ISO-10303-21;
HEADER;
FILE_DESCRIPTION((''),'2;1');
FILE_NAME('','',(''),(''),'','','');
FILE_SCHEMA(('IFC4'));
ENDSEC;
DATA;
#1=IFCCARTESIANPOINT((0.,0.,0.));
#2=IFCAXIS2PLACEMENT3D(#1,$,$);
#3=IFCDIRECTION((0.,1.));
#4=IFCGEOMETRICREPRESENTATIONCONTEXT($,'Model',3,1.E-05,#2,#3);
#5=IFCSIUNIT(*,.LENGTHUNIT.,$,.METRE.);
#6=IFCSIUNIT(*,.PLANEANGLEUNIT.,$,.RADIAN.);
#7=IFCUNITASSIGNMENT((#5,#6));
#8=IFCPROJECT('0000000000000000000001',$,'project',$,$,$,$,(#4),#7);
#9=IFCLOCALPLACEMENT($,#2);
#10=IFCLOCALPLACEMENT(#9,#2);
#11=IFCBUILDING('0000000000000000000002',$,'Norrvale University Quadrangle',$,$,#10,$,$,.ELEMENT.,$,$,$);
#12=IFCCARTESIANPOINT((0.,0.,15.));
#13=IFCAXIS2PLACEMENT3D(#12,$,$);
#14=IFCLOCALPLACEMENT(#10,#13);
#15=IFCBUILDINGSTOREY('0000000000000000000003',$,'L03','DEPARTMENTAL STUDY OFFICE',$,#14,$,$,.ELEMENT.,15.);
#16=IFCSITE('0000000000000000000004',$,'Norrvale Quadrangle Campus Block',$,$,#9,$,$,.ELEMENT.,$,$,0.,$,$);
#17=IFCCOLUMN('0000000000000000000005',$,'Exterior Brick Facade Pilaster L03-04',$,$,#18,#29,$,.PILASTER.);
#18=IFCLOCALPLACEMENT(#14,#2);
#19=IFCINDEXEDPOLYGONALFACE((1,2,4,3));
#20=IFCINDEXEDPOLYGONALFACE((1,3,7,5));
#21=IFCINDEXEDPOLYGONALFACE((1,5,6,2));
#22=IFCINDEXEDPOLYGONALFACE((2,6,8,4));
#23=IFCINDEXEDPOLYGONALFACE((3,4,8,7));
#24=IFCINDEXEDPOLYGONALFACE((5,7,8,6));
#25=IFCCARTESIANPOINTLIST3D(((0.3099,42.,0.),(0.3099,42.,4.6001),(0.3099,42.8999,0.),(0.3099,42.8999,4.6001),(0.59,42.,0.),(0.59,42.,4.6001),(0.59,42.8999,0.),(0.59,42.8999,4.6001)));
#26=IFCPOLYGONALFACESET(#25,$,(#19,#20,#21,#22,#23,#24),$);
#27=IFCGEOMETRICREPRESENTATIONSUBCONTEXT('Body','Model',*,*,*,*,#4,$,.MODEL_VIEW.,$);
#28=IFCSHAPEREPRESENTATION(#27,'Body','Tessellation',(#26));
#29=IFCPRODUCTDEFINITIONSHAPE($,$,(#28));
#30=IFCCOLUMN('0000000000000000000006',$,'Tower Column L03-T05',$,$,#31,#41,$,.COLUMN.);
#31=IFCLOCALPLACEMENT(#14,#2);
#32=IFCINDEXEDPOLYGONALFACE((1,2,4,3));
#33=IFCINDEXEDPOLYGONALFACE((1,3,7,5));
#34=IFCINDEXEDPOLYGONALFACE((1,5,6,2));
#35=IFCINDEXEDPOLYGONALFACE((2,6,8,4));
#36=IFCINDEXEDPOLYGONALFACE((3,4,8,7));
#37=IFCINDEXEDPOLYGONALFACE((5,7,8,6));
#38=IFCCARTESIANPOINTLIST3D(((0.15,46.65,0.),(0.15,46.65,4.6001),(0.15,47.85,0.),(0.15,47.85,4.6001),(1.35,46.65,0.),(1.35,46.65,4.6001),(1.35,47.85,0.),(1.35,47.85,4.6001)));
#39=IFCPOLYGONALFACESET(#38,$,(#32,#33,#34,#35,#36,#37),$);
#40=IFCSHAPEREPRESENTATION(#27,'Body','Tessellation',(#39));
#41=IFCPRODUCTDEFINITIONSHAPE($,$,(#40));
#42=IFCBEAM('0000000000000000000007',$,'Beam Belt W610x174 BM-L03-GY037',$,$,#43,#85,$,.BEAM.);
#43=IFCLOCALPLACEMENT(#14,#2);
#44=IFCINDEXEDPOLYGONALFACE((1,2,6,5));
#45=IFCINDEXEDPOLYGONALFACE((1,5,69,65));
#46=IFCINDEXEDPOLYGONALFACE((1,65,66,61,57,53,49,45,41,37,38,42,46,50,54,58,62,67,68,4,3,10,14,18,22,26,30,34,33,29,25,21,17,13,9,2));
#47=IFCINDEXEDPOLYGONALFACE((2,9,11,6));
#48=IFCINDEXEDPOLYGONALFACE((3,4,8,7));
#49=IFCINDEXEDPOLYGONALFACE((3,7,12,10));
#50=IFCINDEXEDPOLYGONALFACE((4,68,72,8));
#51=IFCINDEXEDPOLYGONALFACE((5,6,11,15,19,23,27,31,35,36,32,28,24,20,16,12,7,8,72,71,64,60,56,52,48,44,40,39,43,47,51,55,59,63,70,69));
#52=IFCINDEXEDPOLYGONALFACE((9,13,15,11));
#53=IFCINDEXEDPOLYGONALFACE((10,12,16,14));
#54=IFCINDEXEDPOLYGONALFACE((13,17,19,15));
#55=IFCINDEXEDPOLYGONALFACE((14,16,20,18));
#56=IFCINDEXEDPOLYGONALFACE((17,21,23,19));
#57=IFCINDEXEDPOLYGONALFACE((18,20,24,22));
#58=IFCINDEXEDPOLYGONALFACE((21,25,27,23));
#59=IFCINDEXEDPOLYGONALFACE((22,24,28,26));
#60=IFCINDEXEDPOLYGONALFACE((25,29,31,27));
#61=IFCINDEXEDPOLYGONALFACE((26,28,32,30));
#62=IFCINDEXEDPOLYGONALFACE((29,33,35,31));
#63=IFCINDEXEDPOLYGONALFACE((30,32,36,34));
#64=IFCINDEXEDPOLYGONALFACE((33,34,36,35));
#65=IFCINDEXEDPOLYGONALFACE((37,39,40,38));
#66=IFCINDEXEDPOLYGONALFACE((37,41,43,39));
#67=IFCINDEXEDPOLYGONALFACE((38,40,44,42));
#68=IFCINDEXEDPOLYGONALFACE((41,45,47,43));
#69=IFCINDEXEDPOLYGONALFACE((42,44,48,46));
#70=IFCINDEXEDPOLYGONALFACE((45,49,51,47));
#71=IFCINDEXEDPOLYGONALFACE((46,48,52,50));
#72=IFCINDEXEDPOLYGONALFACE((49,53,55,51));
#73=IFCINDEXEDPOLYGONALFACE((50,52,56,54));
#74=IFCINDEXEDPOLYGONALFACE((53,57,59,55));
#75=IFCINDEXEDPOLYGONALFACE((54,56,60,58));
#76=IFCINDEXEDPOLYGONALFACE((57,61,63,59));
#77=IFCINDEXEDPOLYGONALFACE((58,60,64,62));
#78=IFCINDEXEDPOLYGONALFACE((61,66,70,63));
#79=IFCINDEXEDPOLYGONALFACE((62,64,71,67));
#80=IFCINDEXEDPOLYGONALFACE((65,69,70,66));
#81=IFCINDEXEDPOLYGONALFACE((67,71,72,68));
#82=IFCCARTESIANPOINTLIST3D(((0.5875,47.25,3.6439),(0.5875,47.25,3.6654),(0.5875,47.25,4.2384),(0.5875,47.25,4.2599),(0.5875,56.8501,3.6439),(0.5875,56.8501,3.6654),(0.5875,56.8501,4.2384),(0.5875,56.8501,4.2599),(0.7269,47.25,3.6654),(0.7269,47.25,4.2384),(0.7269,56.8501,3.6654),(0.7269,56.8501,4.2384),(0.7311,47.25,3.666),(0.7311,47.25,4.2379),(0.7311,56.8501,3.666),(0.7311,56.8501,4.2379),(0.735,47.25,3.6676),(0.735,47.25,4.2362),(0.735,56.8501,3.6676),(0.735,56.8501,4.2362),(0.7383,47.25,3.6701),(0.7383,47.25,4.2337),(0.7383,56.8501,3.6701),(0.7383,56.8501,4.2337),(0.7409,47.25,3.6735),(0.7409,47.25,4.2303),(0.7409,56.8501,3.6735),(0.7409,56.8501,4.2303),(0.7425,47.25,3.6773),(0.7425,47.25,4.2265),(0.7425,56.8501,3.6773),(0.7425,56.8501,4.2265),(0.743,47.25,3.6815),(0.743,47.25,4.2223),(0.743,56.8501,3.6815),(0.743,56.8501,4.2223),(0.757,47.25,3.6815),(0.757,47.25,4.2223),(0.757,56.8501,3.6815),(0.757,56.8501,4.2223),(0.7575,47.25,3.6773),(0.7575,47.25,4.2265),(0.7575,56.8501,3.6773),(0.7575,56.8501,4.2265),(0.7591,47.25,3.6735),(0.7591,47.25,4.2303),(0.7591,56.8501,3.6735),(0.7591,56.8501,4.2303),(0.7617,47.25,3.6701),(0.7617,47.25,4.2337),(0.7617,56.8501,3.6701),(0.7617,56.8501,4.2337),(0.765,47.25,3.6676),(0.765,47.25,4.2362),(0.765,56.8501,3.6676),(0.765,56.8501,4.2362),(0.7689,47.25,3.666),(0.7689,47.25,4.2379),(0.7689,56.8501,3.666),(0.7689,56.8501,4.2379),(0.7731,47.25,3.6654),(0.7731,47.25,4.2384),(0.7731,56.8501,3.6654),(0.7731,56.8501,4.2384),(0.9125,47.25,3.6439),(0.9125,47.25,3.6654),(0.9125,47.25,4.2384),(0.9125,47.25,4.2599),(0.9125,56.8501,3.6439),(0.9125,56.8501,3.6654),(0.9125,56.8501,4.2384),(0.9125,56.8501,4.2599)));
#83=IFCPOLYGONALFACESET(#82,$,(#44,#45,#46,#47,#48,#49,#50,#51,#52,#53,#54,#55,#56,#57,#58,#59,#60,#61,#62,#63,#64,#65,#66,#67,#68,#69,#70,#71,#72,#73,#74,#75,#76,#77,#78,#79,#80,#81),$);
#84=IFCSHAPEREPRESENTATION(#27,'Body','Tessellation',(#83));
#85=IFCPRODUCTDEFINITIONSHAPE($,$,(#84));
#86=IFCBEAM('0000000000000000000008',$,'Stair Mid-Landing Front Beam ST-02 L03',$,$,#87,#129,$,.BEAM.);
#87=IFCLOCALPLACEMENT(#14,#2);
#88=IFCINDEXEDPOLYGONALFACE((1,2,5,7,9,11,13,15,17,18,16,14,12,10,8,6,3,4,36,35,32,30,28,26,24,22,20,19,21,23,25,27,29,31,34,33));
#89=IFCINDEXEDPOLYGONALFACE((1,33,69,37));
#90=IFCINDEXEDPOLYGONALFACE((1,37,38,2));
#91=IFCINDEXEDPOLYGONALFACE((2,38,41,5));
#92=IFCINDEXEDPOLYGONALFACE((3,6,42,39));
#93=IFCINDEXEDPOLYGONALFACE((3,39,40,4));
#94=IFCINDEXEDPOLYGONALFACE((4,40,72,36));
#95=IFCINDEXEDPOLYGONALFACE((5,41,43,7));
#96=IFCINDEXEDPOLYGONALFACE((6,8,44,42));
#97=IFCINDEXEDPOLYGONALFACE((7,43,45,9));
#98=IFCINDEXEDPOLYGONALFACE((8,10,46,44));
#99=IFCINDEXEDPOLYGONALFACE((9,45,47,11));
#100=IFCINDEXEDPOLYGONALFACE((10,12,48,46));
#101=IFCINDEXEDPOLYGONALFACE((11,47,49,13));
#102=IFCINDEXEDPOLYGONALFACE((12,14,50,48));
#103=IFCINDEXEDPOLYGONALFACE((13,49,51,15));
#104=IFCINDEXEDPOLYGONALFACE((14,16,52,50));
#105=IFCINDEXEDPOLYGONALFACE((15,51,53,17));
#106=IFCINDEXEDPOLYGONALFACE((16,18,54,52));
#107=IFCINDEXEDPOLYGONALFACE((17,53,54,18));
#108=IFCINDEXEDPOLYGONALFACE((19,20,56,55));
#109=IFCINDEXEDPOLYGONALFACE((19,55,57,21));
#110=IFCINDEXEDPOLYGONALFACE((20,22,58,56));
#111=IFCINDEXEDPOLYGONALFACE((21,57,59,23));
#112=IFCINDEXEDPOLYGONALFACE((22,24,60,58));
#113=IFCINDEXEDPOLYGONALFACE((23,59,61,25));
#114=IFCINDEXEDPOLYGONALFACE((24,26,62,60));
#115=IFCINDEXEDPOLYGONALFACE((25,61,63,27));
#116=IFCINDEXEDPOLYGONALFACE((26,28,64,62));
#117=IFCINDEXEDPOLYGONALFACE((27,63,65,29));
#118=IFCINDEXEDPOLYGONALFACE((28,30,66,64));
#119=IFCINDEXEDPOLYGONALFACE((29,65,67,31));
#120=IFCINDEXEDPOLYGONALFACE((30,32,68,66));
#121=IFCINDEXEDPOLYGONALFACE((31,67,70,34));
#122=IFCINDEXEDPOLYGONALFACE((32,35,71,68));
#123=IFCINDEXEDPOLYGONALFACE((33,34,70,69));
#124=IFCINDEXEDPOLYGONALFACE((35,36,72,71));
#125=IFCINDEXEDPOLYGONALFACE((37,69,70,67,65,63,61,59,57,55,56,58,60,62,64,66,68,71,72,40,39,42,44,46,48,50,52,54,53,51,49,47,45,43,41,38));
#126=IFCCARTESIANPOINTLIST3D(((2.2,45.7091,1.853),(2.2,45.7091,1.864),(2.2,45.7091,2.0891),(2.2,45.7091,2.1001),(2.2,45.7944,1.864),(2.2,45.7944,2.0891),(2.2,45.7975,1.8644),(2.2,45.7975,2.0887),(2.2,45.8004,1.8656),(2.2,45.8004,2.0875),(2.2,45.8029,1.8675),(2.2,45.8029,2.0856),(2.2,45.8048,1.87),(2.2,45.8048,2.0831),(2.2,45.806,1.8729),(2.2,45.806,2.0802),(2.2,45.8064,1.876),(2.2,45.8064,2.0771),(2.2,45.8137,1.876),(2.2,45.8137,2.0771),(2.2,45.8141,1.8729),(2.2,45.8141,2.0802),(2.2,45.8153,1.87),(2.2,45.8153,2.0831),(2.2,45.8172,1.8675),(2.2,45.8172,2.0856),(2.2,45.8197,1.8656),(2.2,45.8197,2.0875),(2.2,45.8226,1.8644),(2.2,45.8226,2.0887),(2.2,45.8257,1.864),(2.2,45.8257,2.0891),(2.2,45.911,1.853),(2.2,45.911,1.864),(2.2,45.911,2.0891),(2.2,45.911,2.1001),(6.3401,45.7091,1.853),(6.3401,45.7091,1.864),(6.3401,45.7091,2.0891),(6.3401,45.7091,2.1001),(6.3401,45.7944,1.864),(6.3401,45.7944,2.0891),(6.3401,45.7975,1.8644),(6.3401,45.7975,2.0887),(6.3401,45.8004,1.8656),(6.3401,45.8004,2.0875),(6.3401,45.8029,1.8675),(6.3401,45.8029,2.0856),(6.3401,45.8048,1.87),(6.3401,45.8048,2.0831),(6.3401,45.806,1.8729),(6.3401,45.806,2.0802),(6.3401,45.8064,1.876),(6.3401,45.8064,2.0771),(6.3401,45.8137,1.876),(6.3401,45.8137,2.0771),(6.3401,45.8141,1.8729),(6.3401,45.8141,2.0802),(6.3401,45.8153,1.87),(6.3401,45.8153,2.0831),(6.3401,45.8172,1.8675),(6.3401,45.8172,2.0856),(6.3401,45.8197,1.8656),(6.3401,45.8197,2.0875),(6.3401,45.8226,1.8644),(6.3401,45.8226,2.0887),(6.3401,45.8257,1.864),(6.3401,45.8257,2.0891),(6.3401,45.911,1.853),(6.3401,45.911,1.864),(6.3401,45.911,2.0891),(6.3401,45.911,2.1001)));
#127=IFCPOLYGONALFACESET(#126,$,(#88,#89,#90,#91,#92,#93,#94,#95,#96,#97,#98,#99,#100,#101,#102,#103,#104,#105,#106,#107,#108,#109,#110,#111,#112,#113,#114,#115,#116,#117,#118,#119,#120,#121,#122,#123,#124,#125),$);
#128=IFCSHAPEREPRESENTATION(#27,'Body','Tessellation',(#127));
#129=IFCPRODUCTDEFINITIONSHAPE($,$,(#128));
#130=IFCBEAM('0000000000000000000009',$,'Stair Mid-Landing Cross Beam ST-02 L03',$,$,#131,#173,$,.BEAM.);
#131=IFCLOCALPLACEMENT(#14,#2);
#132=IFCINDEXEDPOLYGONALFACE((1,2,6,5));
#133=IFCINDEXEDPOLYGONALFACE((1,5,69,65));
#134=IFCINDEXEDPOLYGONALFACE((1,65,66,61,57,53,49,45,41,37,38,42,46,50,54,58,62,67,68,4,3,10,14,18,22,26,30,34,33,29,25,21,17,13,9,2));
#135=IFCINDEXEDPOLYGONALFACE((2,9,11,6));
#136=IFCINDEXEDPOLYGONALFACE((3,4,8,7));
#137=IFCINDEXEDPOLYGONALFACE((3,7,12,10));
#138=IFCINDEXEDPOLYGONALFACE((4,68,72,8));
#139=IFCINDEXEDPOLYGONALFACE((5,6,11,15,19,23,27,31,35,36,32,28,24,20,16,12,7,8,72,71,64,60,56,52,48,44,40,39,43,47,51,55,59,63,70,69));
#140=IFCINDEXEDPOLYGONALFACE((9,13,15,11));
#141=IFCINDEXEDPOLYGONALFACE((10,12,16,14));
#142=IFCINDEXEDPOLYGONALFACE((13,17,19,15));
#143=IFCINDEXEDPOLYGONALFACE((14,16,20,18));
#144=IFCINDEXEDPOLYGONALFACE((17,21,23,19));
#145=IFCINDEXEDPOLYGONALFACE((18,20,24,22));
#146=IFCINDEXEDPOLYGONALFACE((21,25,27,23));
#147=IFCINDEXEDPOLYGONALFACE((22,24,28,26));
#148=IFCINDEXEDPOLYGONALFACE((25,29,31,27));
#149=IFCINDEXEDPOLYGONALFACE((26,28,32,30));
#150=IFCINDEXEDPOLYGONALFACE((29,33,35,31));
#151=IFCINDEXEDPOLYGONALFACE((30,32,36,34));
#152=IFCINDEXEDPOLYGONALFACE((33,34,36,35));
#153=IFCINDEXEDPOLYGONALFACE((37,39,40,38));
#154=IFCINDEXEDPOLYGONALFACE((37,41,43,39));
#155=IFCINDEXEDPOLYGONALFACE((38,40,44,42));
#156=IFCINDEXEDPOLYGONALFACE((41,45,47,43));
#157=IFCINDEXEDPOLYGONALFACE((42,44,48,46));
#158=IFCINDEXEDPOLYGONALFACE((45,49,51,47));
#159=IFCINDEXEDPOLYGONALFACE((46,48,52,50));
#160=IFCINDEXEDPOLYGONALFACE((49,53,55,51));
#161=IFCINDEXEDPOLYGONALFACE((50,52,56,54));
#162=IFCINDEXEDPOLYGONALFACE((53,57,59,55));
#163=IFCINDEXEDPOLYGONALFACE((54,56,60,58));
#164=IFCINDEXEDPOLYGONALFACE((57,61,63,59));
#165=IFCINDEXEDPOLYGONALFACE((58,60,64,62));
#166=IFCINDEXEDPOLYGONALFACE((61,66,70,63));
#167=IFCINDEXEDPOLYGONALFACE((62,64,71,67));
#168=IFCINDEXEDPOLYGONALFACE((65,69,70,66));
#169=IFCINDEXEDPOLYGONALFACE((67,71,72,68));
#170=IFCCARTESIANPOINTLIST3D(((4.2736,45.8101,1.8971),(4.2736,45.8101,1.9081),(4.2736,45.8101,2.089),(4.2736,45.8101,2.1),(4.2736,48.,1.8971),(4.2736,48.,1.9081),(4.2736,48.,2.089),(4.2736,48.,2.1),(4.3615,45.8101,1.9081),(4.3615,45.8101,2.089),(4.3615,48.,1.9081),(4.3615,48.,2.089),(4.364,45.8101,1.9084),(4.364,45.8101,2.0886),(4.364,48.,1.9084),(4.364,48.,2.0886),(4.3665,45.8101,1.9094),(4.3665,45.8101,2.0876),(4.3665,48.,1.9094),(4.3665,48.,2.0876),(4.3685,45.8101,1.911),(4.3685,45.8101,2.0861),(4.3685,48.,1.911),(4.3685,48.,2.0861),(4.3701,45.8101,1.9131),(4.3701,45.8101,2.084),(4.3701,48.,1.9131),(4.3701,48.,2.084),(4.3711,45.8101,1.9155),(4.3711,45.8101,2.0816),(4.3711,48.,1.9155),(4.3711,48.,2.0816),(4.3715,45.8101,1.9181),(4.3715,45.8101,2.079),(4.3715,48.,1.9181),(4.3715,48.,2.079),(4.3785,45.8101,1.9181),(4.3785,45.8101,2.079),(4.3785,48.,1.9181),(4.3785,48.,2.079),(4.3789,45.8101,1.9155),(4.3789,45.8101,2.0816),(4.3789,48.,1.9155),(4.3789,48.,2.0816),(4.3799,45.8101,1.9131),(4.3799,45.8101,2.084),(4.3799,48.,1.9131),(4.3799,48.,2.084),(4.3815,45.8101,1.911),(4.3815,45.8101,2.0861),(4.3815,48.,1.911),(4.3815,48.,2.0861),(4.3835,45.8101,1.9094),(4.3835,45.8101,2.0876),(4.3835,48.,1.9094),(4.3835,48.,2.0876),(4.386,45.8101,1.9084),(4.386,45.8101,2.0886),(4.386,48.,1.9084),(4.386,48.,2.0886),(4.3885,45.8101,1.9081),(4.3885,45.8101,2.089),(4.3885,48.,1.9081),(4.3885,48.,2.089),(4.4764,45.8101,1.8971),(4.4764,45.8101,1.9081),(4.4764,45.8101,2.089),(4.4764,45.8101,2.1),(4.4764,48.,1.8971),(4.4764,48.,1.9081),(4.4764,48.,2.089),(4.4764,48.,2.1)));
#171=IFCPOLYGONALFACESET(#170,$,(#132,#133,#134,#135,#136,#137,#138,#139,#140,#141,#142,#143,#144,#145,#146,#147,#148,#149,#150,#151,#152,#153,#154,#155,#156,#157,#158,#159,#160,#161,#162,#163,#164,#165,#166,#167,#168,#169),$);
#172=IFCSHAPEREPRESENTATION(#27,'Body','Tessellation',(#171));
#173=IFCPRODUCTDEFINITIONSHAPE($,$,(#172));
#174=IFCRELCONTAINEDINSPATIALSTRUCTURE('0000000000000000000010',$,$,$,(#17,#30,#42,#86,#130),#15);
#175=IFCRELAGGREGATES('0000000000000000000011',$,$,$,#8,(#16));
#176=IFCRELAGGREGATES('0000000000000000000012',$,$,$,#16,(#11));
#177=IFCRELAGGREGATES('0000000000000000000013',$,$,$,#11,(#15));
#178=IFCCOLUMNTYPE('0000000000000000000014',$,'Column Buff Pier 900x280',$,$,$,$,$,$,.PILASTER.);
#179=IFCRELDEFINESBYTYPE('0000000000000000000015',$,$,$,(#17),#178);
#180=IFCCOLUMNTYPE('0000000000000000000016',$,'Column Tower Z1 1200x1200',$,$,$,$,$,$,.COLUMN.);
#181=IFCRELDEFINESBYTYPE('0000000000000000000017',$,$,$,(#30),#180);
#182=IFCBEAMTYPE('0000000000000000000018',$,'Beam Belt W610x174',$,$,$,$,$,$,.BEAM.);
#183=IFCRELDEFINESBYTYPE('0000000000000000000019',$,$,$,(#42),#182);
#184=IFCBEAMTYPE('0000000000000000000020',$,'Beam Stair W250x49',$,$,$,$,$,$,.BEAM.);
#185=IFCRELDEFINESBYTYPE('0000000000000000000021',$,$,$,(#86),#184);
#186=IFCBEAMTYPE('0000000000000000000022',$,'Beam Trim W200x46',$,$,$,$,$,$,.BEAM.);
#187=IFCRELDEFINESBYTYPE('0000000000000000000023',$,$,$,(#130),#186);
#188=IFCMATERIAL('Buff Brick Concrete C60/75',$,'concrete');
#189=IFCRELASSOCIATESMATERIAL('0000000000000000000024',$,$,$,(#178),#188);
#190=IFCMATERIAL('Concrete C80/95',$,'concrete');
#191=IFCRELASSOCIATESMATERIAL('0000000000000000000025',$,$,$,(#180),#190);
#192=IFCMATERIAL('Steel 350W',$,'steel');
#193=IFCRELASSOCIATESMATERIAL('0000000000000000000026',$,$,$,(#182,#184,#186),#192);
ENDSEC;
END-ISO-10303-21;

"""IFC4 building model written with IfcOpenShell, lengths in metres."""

from ifc_helpers import new_model, si_unit, direction, frame, origin, origin_2d, place, context, subcontext, project, spatial, rectangle, i_section, extrude, material, material_profile, profile_set, type_object, element, save


model = new_model("IFC4")

# Units and contexts
model_context = context("Model", 3, precision=1e-05, world=origin(), true_north=direction((0.0, 1.0)))
body_context = subcontext(model_context, "Body", "Model", "MODEL_VIEW")
ifc_project = project(units=[si_unit("LENGTHUNIT", "METRE"), si_unit("PLANEANGLEUNIT", "RADIAN")], contexts=[model_context])

# Site, building, storey
site_placement = place(None, origin())
site = spatial("IfcSite", under=ifc_project, at=site_placement, Name="Norrvale Quadrangle Campus Block", CompositionType="ELEMENT", RefElevation=0.0)
building_placement = place(site_placement, origin())
building = spatial("IfcBuilding", under=site, at=building_placement, Name="Norrvale University Quadrangle", CompositionType="ELEMENT")
storey_placement = place(building_placement, frame((0.0, 0.0, 15.0)))
storey = spatial("IfcBuildingStorey", under=building, at=storey_placement, Name="L03", Description="DEPARTMENTAL STUDY OFFICE", CompositionType="ELEMENT", Elevation=15.0)

# Columns
ifc_material_1 = material(Name="Buff Brick Concrete C60/75", Category="concrete")
ifc_material_profile_1 = material_profile(ifc_material_1, rectangle(XDim=0.8999, YDim=0.28, at=origin_2d()), Name="Buff Brick Concrete C60/75")
ifc_profile_set_1 = profile_set([ifc_material_profile_1], Name="Buff Brick Concrete C60/75")
column_type_1 = type_object("IfcColumnType", Name="Column Buff Pier 900x280", PredefinedType="PILASTER", material=ifc_profile_set_1)
column_1_placement = place(storey_placement, frame((0.45, 42.45, 0.0), z_axis=(0.0, 0.0, 1.0), x_axis=(0.0, 1.0, 0.0)))
element("IfcColumn", 1, at=column_1_placement, inside=storey, type_object=column_type_1, Name="Exterior Brick Facade Pilaster L03-04", PredefinedType="PILASTER", context=body_context, shape_type="SweptSolid", body=[
    extrude(rectangle(XDim=0.8999, YDim=0.28, at=origin_2d()), origin(), (0.0, 0.0, 1.0), 4.6001),
])
ifc_material_2 = material(Name="Concrete C80/95", Category="concrete")
ifc_material_profile_2 = material_profile(ifc_material_2, rectangle(XDim=1.2, YDim=1.2, at=origin_2d()), Name="Concrete C80/95")
ifc_profile_set_2 = profile_set([ifc_material_profile_2], Name="Concrete C80/95")
column_type_2 = type_object("IfcColumnType", Name="Column Tower Z1 1200x1200", PredefinedType="COLUMN", material=ifc_profile_set_2)
column_2_placement = place(storey_placement, frame((0.75, 47.25, 0.0), z_axis=(0.0, 0.0, 1.0), x_axis=(1.0, 0.0, 0.0)))
element("IfcColumn", 2, at=column_2_placement, inside=storey, type_object=column_type_2, Name="Tower Column L03-T05", PredefinedType="COLUMN", context=body_context, shape_type="SweptSolid", body=[
    extrude(rectangle(XDim=1.2, YDim=1.2, at=origin_2d()), origin(), (0.0, 0.0, 1.0), 4.6001),
])

# Beams
ifc_material_3 = material(Name="Steel 350W", Category="steel")
ifc_material_profile_3 = material_profile(ifc_material_3, i_section(OverallWidth=0.325, OverallDepth=0.616, WebThickness=0.0139, FlangeThickness=0.0215, FilletRadius=0.0161, at=origin_2d()), Name="Steel 350W")
ifc_profile_set_3 = profile_set([ifc_material_profile_3], Name="Steel 350W")
beam_type_1 = type_object("IfcBeamType", Name="Beam Belt W610x174", PredefinedType="BEAM", material=ifc_profile_set_3)
beam_1_placement = place(storey_placement, frame((0.75, 47.25, 3.9519), z_axis=(0.0, 1.0, 0.0), x_axis=(-1.0, 0.0, 0.0)))
element("IfcBeam", 3, at=beam_1_placement, inside=storey, type_object=beam_type_1, Name="Beam Belt W610x174 BM-L03-GY037", PredefinedType="BEAM", context=body_context, shape_type="SweptSolid", body=[
    extrude(i_section(OverallWidth=0.325, OverallDepth=0.616, WebThickness=0.0139, FlangeThickness=0.0215, FilletRadius=0.0161, at=origin_2d()), origin(), (0.0, 0.0, 1.0), 9.6001),
])
ifc_material_profile_4 = material_profile(ifc_material_3, i_section(OverallWidth=0.2019, OverallDepth=0.2471, WebThickness=0.0073, FlangeThickness=0.011, FilletRadius=0.012, at=origin_2d()), Name="Steel 350W")
ifc_profile_set_4 = profile_set([ifc_material_profile_4], Name="Steel 350W")
beam_type_2 = type_object("IfcBeamType", Name="Beam Stair W250x49", PredefinedType="BEAM", material=ifc_profile_set_4)
beam_2_placement = place(storey_placement, frame((2.2, 45.8101, 1.9766), z_axis=(1.0, 0.0, 0.0), x_axis=(0.0, 1.0, 0.0)))
element("IfcBeam", 4, at=beam_2_placement, inside=storey, type_object=beam_type_2, Name="Stair Mid-Landing Front Beam ST-02 L03", PredefinedType="BEAM", context=body_context, shape_type="SweptSolid", body=[
    extrude(i_section(OverallWidth=0.2019, OverallDepth=0.2471, WebThickness=0.0073, FlangeThickness=0.011, FilletRadius=0.012, at=origin_2d()), origin(), (0.0, 0.0, 1.0), 4.1401),
])
ifc_material_profile_5 = material_profile(ifc_material_3, i_section(OverallWidth=0.2029, OverallDepth=0.2029, WebThickness=0.0071, FlangeThickness=0.011, FilletRadius=0.01, at=origin_2d()), Name="Steel 350W")
ifc_profile_set_5 = profile_set([ifc_material_profile_5], Name="Steel 350W")
beam_type_3 = type_object("IfcBeamType", Name="Beam Trim W200x46", PredefinedType="BEAM", material=ifc_profile_set_5)
beam_3_placement = place(storey_placement, frame((4.375, 45.8101, 1.9985), z_axis=(0.0, 1.0, 0.0), x_axis=(-1.0, 0.0, 0.0)))
element("IfcBeam", 5, at=beam_3_placement, inside=storey, type_object=beam_type_3, Name="Stair Mid-Landing Cross Beam ST-02 L03", PredefinedType="BEAM", context=body_context, shape_type="SweptSolid", body=[
    extrude(i_section(OverallWidth=0.2029, OverallDepth=0.2029, WebThickness=0.0071, FlangeThickness=0.011, FilletRadius=0.01, at=origin_2d()), origin(), (0.0, 0.0, 1.0), 2.1899),
])

save(model, "model.ifc")
